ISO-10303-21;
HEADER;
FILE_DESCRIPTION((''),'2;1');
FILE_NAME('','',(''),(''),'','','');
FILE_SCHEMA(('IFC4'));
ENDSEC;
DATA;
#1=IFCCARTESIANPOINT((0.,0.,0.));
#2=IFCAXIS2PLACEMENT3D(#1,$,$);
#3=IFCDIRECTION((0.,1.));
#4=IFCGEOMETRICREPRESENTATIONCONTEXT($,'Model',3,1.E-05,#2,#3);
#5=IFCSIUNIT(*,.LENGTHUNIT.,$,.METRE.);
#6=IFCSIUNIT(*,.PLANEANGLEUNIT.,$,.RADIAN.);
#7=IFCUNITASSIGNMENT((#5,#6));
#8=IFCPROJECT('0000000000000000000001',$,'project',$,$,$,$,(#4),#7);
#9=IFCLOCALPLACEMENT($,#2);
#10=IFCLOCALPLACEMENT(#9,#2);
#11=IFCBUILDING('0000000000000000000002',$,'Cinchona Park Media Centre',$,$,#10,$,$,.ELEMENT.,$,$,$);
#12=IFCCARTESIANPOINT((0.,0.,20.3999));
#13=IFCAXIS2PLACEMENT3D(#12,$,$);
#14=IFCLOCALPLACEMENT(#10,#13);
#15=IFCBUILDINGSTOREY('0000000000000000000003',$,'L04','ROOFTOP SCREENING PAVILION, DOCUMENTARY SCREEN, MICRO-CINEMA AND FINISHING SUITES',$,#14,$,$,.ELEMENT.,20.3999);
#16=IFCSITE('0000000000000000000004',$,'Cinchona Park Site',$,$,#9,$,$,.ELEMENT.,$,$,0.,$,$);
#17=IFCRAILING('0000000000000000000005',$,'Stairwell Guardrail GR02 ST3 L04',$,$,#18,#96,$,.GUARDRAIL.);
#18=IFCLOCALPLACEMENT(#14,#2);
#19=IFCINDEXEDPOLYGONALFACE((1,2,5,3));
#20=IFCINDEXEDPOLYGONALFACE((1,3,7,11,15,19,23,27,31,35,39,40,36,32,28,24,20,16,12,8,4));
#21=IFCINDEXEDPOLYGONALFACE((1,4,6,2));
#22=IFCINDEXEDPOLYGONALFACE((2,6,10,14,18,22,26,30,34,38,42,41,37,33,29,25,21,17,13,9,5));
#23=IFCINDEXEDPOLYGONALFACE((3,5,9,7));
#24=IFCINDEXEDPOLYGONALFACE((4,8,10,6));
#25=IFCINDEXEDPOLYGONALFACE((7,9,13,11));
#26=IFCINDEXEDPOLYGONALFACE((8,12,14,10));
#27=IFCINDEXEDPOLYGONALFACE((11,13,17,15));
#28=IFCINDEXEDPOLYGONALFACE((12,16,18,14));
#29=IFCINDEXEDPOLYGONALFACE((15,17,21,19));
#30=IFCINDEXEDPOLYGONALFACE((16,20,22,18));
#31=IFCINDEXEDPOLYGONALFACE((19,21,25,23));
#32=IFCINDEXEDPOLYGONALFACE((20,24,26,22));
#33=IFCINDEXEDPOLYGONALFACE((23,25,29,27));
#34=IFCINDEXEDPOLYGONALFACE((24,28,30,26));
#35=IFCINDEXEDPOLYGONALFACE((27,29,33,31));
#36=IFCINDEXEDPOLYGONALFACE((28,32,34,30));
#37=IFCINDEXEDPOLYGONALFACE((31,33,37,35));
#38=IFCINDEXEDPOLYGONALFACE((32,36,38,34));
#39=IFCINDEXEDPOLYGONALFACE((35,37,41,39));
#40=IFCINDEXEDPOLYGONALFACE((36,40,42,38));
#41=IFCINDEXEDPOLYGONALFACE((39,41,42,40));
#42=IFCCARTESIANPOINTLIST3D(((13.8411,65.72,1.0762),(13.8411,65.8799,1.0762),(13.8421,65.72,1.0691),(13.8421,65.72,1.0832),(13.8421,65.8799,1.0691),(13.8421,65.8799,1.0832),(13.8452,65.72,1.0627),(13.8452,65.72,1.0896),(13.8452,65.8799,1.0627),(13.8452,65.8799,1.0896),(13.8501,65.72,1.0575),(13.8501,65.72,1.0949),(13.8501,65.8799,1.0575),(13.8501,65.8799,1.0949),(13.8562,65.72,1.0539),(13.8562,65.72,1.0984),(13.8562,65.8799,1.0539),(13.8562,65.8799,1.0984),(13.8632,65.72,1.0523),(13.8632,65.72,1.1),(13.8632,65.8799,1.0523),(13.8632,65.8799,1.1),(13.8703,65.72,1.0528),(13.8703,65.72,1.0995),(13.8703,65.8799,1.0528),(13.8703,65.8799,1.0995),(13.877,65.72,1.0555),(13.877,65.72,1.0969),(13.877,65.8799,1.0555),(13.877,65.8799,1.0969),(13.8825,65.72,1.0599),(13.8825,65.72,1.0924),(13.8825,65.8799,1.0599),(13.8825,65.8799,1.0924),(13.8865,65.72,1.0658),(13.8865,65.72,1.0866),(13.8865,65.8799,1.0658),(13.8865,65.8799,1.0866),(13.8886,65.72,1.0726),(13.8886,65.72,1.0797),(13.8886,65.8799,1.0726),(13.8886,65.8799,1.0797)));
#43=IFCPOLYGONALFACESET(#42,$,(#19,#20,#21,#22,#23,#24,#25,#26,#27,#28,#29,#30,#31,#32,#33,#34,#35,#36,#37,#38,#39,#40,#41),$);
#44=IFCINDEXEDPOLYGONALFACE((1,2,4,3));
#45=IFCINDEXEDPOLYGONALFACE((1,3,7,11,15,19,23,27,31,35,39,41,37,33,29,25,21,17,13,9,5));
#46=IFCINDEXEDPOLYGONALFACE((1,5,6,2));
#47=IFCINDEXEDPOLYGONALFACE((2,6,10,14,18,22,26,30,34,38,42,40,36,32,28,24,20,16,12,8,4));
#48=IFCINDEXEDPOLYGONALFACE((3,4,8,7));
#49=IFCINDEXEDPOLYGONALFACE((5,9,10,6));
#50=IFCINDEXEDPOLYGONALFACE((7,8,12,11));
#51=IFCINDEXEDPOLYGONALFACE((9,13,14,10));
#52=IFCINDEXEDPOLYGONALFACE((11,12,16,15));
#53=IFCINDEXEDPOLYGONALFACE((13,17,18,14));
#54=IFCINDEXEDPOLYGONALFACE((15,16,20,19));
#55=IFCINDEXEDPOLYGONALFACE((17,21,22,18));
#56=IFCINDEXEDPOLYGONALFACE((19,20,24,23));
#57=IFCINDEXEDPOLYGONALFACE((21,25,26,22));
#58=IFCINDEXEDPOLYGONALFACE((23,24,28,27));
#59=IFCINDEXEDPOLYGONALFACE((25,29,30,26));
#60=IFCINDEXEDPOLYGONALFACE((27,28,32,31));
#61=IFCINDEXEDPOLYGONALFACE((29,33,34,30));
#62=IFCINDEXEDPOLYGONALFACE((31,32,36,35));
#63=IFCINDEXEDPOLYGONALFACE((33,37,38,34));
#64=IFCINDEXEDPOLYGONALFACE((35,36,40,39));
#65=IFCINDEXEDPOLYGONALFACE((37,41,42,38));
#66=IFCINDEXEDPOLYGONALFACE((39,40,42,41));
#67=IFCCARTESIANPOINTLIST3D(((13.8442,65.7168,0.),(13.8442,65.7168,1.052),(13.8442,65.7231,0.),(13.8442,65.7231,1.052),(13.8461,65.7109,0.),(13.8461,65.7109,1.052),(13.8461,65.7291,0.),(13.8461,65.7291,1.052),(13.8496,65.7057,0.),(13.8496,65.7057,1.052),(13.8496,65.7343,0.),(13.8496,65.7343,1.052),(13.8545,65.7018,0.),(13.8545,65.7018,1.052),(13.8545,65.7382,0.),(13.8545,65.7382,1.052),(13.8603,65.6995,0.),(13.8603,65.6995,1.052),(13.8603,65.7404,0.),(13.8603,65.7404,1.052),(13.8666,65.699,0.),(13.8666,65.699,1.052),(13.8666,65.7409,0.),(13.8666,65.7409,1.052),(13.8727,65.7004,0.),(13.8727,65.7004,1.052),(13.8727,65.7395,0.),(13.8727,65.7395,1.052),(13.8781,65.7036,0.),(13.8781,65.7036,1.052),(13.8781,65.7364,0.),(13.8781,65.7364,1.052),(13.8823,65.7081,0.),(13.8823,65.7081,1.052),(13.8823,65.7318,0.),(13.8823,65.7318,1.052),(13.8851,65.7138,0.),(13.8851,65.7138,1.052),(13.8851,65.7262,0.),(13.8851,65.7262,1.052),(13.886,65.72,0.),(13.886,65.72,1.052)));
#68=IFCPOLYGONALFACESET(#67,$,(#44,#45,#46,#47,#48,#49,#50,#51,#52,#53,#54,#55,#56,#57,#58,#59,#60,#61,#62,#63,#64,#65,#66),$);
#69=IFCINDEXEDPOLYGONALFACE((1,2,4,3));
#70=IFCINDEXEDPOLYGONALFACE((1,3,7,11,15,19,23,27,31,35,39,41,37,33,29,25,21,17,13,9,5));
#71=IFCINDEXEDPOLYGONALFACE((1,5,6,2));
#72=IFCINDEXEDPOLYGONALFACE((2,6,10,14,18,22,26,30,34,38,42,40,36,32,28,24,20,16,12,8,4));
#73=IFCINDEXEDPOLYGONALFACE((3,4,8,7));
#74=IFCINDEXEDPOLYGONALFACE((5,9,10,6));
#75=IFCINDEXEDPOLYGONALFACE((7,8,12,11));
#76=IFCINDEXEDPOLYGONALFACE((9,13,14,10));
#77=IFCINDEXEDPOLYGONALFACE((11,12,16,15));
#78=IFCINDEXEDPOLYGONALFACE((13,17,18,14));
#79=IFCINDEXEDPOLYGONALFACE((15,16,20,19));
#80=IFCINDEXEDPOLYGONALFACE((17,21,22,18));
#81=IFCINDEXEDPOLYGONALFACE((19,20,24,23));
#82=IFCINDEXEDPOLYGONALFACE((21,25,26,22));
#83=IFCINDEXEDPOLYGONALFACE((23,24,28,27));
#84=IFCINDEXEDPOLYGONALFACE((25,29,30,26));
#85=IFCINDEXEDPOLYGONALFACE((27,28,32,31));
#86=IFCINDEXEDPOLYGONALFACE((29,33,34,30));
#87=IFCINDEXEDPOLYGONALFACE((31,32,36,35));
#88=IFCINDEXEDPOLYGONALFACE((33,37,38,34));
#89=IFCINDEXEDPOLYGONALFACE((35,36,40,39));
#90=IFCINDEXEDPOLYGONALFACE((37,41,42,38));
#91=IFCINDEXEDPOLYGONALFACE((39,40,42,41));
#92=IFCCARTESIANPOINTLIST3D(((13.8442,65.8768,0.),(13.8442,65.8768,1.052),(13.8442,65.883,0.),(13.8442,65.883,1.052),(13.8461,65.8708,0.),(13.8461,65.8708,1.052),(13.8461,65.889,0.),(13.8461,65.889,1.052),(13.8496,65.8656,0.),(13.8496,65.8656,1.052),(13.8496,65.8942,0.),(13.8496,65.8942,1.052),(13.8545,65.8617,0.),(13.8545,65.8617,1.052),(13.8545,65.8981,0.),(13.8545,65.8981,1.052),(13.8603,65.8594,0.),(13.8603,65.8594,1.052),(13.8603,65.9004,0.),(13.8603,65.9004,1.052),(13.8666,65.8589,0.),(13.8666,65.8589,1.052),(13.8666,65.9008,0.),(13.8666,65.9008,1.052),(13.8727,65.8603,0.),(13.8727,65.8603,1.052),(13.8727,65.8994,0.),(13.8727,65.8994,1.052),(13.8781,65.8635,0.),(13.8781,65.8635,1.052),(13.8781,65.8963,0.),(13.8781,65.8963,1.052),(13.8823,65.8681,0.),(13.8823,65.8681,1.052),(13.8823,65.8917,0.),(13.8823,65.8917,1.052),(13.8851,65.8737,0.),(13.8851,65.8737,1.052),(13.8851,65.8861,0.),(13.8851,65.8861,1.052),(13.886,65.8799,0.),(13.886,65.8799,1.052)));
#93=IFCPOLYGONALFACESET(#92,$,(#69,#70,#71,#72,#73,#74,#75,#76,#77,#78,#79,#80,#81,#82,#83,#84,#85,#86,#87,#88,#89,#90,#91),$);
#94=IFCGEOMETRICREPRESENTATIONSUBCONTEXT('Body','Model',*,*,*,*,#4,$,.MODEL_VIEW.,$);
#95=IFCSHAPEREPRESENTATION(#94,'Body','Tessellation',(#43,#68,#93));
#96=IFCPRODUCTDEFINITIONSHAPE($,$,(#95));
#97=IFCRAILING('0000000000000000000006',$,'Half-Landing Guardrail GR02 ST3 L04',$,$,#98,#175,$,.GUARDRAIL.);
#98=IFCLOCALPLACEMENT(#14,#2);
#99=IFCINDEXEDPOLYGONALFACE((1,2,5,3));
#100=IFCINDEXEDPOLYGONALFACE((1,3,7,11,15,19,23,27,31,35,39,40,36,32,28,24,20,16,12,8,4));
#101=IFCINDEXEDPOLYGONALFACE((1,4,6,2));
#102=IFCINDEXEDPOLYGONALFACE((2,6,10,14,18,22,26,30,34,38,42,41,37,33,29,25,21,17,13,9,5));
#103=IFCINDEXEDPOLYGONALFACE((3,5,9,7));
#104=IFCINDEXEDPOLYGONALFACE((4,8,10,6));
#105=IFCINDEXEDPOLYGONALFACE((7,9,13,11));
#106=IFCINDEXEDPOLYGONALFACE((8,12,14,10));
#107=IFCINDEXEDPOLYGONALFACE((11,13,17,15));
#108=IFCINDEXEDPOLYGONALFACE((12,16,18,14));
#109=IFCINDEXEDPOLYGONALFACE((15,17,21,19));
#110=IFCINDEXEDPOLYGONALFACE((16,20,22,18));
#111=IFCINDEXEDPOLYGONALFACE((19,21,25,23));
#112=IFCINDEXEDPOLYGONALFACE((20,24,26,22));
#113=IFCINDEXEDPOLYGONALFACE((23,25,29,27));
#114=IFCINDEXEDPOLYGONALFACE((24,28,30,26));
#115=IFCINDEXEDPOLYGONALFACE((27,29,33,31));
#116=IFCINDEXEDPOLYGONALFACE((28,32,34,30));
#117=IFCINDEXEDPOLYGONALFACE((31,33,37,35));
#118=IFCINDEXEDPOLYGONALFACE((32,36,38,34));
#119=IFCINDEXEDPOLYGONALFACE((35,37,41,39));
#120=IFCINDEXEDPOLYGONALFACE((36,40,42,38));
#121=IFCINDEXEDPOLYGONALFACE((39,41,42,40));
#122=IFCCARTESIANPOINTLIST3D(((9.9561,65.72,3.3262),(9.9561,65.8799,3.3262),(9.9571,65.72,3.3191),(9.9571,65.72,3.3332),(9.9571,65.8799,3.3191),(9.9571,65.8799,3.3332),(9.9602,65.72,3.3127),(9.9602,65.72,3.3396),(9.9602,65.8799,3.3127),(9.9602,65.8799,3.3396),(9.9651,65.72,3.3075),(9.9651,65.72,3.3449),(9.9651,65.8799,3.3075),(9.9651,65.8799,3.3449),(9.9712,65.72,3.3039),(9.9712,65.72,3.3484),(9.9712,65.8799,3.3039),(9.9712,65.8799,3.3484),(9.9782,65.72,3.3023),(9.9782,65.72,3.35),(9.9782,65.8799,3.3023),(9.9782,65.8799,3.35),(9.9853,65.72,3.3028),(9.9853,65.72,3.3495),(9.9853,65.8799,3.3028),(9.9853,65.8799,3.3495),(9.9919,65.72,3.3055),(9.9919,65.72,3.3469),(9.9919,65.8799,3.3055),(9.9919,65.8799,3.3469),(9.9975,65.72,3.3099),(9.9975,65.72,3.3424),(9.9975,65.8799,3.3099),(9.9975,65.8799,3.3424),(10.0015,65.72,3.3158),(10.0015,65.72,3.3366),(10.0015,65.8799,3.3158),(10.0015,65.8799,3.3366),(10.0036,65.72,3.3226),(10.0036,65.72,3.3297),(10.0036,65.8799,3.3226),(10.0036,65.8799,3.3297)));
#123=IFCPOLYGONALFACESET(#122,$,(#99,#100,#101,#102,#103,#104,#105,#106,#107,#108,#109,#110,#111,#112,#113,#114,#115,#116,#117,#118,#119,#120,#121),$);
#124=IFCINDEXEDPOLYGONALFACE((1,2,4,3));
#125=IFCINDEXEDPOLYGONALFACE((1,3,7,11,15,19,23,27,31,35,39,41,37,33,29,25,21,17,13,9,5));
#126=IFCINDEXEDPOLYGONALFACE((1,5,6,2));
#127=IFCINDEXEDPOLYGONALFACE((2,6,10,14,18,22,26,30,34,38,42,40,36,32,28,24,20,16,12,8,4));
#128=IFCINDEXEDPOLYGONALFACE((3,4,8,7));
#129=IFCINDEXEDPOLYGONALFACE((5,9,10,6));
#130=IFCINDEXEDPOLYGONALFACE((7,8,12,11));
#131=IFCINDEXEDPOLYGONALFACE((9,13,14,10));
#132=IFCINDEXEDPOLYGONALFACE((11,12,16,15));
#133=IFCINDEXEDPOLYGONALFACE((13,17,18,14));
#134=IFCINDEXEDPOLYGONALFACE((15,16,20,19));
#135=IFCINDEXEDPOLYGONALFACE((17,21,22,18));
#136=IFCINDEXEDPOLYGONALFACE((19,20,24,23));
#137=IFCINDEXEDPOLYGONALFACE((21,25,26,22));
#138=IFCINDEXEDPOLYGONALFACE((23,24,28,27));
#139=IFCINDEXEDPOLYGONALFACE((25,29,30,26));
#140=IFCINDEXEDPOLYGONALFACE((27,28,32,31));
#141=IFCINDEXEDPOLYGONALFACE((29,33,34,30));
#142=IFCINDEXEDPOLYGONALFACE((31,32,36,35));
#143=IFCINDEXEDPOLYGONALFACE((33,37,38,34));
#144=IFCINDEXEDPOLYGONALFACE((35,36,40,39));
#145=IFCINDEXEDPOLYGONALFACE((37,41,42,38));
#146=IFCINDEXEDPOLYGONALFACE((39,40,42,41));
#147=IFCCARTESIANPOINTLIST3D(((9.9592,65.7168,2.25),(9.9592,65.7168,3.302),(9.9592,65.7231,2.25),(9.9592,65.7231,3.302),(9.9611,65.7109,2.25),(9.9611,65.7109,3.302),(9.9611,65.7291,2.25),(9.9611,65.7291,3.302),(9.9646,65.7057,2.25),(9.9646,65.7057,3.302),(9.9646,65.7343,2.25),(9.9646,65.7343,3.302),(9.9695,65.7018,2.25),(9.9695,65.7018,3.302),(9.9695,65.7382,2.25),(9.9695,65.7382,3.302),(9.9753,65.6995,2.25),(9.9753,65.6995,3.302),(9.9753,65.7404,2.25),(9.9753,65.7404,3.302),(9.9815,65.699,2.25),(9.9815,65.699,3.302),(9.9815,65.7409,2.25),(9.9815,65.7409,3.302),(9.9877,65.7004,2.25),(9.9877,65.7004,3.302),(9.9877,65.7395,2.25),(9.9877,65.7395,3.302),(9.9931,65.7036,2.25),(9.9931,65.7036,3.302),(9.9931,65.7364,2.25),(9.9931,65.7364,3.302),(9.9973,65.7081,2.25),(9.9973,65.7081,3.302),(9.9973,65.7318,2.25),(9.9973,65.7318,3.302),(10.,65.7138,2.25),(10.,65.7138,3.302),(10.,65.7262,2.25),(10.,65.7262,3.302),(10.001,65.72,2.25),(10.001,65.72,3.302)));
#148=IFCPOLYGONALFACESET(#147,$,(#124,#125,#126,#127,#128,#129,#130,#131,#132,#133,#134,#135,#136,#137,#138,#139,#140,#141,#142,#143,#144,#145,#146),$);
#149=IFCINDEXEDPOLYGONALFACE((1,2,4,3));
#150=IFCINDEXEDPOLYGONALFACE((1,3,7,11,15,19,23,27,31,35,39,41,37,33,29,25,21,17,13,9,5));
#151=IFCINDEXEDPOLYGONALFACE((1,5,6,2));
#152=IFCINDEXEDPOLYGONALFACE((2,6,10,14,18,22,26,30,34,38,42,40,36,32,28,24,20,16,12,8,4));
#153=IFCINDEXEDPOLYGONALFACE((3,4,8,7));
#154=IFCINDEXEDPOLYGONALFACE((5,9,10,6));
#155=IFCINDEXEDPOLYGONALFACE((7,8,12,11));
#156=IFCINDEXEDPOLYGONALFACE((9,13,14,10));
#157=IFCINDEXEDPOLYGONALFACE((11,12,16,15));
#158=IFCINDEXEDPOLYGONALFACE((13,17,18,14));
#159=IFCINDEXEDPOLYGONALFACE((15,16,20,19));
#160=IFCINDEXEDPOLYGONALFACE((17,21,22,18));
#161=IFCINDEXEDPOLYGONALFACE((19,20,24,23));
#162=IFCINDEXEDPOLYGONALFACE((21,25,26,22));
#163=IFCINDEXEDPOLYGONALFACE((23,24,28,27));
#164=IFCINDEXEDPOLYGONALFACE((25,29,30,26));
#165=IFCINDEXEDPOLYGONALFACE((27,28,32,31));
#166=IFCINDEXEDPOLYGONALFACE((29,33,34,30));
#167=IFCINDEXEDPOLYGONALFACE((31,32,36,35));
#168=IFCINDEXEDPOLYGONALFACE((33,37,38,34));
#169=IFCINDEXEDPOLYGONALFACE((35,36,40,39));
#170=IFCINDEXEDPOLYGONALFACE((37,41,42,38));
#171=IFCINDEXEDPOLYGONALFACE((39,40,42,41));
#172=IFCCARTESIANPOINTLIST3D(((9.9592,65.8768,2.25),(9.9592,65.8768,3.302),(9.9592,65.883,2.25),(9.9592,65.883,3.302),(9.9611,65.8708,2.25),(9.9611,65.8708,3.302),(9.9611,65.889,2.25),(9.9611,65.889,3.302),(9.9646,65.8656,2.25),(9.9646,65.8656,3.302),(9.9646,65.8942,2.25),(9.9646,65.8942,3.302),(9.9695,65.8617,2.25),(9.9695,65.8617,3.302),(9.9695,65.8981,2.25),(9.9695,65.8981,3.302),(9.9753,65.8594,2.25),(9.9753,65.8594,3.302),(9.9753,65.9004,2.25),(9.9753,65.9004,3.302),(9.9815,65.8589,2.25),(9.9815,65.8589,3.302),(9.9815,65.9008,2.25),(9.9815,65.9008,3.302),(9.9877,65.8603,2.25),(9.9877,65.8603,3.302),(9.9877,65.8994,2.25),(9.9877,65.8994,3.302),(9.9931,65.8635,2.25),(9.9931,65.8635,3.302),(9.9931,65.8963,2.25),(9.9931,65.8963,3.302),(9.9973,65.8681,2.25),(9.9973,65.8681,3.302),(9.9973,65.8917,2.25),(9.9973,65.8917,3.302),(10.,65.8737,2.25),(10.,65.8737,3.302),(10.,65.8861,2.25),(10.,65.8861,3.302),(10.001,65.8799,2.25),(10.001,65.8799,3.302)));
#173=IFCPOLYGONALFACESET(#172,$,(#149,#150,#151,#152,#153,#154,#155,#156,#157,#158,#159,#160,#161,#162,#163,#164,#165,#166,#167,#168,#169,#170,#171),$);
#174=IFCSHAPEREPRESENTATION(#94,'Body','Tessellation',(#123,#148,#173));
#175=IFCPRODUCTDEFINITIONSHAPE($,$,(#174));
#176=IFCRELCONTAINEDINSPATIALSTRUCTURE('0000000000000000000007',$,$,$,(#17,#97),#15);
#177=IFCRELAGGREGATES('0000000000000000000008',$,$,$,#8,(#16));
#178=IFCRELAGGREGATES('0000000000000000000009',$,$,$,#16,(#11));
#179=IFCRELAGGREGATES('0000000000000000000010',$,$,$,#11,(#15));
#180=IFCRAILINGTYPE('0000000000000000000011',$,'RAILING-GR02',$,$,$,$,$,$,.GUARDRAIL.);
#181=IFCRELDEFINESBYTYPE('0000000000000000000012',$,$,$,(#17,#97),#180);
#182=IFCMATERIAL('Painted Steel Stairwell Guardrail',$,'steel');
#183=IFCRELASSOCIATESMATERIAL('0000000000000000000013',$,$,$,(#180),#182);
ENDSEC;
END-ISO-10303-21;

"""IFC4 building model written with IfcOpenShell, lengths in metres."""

from ifc_helpers import new_model, si_unit, direction, frame, origin, origin_2d, place, context, subcontext, project, spatial, circle, extrude, material, type_object, element, save


model = new_model("IFC4")

# Units and contexts
model_context = context("Model", 3, precision=1e-05, world=origin(), true_north=direction((0.0, 1.0)))
body_context = subcontext(model_context, "Body", "Model", "MODEL_VIEW")
ifc_project = project(units=[si_unit("LENGTHUNIT", "METRE"), si_unit("PLANEANGLEUNIT", "RADIAN")], contexts=[model_context])

# Site, building, storey
site_placement = place(None, origin())
site = spatial("IfcSite", under=ifc_project, at=site_placement, Name="Cinchona Park Site", CompositionType="ELEMENT", RefElevation=0.0)
building_placement = place(site_placement, origin())
building = spatial("IfcBuilding", under=site, at=building_placement, Name="Cinchona Park Media Centre", CompositionType="ELEMENT")
storey_placement = place(building_placement, frame((0.0, 0.0, 20.3999)))
storey = spatial("IfcBuildingStorey", under=building, at=storey_placement, Name="L04", Description="ROOFTOP SCREENING PAVILION, DOCUMENTARY SCREEN, MICRO-CINEMA AND FINISHING SUITES", CompositionType="ELEMENT", Elevation=20.3999)

# Railings
ifc_material_1 = material(Name="Painted Steel Stairwell Guardrail", Category="steel")
railing_type_1 = type_object("IfcRailingType", Name="RAILING-GR02", PredefinedType="GUARDRAIL", material=ifc_material_1)
for number, where, name in (
    (1, (13.865, 65.72, 0.0), "Stairwell Guardrail GR02 ST3 L04"),
    (2, (9.98, 65.72, 2.25), "Half-Landing Guardrail GR02 ST3 L04"),
):
    element("IfcRailing", number, at=place(storey_placement, frame(where)), inside=storey, type_object=railing_type_1, Name=name, PredefinedType="GUARDRAIL", context=body_context, shape_type="SweptSolid", body=[
        extrude(circle(Radius=0.0239, at=origin_2d()), frame((0.0, 0.0, 1.0762), z_axis=(0.0, 1.0, 0.0), x_axis=(-1.0, 0.0, 0.0)), (0.0, 0.0, 1.0), 0.1599),
        extrude(circle(Radius=0.021, at=origin_2d()), origin(), (0.0, 0.0, 1.0), 1.052),
        extrude(circle(Radius=0.021, at=origin_2d()), frame((0.0, 0.1599, 0.0)), (0.0, 0.0, 1.0), 1.052),
    ])

save(model, "model.ifc")
